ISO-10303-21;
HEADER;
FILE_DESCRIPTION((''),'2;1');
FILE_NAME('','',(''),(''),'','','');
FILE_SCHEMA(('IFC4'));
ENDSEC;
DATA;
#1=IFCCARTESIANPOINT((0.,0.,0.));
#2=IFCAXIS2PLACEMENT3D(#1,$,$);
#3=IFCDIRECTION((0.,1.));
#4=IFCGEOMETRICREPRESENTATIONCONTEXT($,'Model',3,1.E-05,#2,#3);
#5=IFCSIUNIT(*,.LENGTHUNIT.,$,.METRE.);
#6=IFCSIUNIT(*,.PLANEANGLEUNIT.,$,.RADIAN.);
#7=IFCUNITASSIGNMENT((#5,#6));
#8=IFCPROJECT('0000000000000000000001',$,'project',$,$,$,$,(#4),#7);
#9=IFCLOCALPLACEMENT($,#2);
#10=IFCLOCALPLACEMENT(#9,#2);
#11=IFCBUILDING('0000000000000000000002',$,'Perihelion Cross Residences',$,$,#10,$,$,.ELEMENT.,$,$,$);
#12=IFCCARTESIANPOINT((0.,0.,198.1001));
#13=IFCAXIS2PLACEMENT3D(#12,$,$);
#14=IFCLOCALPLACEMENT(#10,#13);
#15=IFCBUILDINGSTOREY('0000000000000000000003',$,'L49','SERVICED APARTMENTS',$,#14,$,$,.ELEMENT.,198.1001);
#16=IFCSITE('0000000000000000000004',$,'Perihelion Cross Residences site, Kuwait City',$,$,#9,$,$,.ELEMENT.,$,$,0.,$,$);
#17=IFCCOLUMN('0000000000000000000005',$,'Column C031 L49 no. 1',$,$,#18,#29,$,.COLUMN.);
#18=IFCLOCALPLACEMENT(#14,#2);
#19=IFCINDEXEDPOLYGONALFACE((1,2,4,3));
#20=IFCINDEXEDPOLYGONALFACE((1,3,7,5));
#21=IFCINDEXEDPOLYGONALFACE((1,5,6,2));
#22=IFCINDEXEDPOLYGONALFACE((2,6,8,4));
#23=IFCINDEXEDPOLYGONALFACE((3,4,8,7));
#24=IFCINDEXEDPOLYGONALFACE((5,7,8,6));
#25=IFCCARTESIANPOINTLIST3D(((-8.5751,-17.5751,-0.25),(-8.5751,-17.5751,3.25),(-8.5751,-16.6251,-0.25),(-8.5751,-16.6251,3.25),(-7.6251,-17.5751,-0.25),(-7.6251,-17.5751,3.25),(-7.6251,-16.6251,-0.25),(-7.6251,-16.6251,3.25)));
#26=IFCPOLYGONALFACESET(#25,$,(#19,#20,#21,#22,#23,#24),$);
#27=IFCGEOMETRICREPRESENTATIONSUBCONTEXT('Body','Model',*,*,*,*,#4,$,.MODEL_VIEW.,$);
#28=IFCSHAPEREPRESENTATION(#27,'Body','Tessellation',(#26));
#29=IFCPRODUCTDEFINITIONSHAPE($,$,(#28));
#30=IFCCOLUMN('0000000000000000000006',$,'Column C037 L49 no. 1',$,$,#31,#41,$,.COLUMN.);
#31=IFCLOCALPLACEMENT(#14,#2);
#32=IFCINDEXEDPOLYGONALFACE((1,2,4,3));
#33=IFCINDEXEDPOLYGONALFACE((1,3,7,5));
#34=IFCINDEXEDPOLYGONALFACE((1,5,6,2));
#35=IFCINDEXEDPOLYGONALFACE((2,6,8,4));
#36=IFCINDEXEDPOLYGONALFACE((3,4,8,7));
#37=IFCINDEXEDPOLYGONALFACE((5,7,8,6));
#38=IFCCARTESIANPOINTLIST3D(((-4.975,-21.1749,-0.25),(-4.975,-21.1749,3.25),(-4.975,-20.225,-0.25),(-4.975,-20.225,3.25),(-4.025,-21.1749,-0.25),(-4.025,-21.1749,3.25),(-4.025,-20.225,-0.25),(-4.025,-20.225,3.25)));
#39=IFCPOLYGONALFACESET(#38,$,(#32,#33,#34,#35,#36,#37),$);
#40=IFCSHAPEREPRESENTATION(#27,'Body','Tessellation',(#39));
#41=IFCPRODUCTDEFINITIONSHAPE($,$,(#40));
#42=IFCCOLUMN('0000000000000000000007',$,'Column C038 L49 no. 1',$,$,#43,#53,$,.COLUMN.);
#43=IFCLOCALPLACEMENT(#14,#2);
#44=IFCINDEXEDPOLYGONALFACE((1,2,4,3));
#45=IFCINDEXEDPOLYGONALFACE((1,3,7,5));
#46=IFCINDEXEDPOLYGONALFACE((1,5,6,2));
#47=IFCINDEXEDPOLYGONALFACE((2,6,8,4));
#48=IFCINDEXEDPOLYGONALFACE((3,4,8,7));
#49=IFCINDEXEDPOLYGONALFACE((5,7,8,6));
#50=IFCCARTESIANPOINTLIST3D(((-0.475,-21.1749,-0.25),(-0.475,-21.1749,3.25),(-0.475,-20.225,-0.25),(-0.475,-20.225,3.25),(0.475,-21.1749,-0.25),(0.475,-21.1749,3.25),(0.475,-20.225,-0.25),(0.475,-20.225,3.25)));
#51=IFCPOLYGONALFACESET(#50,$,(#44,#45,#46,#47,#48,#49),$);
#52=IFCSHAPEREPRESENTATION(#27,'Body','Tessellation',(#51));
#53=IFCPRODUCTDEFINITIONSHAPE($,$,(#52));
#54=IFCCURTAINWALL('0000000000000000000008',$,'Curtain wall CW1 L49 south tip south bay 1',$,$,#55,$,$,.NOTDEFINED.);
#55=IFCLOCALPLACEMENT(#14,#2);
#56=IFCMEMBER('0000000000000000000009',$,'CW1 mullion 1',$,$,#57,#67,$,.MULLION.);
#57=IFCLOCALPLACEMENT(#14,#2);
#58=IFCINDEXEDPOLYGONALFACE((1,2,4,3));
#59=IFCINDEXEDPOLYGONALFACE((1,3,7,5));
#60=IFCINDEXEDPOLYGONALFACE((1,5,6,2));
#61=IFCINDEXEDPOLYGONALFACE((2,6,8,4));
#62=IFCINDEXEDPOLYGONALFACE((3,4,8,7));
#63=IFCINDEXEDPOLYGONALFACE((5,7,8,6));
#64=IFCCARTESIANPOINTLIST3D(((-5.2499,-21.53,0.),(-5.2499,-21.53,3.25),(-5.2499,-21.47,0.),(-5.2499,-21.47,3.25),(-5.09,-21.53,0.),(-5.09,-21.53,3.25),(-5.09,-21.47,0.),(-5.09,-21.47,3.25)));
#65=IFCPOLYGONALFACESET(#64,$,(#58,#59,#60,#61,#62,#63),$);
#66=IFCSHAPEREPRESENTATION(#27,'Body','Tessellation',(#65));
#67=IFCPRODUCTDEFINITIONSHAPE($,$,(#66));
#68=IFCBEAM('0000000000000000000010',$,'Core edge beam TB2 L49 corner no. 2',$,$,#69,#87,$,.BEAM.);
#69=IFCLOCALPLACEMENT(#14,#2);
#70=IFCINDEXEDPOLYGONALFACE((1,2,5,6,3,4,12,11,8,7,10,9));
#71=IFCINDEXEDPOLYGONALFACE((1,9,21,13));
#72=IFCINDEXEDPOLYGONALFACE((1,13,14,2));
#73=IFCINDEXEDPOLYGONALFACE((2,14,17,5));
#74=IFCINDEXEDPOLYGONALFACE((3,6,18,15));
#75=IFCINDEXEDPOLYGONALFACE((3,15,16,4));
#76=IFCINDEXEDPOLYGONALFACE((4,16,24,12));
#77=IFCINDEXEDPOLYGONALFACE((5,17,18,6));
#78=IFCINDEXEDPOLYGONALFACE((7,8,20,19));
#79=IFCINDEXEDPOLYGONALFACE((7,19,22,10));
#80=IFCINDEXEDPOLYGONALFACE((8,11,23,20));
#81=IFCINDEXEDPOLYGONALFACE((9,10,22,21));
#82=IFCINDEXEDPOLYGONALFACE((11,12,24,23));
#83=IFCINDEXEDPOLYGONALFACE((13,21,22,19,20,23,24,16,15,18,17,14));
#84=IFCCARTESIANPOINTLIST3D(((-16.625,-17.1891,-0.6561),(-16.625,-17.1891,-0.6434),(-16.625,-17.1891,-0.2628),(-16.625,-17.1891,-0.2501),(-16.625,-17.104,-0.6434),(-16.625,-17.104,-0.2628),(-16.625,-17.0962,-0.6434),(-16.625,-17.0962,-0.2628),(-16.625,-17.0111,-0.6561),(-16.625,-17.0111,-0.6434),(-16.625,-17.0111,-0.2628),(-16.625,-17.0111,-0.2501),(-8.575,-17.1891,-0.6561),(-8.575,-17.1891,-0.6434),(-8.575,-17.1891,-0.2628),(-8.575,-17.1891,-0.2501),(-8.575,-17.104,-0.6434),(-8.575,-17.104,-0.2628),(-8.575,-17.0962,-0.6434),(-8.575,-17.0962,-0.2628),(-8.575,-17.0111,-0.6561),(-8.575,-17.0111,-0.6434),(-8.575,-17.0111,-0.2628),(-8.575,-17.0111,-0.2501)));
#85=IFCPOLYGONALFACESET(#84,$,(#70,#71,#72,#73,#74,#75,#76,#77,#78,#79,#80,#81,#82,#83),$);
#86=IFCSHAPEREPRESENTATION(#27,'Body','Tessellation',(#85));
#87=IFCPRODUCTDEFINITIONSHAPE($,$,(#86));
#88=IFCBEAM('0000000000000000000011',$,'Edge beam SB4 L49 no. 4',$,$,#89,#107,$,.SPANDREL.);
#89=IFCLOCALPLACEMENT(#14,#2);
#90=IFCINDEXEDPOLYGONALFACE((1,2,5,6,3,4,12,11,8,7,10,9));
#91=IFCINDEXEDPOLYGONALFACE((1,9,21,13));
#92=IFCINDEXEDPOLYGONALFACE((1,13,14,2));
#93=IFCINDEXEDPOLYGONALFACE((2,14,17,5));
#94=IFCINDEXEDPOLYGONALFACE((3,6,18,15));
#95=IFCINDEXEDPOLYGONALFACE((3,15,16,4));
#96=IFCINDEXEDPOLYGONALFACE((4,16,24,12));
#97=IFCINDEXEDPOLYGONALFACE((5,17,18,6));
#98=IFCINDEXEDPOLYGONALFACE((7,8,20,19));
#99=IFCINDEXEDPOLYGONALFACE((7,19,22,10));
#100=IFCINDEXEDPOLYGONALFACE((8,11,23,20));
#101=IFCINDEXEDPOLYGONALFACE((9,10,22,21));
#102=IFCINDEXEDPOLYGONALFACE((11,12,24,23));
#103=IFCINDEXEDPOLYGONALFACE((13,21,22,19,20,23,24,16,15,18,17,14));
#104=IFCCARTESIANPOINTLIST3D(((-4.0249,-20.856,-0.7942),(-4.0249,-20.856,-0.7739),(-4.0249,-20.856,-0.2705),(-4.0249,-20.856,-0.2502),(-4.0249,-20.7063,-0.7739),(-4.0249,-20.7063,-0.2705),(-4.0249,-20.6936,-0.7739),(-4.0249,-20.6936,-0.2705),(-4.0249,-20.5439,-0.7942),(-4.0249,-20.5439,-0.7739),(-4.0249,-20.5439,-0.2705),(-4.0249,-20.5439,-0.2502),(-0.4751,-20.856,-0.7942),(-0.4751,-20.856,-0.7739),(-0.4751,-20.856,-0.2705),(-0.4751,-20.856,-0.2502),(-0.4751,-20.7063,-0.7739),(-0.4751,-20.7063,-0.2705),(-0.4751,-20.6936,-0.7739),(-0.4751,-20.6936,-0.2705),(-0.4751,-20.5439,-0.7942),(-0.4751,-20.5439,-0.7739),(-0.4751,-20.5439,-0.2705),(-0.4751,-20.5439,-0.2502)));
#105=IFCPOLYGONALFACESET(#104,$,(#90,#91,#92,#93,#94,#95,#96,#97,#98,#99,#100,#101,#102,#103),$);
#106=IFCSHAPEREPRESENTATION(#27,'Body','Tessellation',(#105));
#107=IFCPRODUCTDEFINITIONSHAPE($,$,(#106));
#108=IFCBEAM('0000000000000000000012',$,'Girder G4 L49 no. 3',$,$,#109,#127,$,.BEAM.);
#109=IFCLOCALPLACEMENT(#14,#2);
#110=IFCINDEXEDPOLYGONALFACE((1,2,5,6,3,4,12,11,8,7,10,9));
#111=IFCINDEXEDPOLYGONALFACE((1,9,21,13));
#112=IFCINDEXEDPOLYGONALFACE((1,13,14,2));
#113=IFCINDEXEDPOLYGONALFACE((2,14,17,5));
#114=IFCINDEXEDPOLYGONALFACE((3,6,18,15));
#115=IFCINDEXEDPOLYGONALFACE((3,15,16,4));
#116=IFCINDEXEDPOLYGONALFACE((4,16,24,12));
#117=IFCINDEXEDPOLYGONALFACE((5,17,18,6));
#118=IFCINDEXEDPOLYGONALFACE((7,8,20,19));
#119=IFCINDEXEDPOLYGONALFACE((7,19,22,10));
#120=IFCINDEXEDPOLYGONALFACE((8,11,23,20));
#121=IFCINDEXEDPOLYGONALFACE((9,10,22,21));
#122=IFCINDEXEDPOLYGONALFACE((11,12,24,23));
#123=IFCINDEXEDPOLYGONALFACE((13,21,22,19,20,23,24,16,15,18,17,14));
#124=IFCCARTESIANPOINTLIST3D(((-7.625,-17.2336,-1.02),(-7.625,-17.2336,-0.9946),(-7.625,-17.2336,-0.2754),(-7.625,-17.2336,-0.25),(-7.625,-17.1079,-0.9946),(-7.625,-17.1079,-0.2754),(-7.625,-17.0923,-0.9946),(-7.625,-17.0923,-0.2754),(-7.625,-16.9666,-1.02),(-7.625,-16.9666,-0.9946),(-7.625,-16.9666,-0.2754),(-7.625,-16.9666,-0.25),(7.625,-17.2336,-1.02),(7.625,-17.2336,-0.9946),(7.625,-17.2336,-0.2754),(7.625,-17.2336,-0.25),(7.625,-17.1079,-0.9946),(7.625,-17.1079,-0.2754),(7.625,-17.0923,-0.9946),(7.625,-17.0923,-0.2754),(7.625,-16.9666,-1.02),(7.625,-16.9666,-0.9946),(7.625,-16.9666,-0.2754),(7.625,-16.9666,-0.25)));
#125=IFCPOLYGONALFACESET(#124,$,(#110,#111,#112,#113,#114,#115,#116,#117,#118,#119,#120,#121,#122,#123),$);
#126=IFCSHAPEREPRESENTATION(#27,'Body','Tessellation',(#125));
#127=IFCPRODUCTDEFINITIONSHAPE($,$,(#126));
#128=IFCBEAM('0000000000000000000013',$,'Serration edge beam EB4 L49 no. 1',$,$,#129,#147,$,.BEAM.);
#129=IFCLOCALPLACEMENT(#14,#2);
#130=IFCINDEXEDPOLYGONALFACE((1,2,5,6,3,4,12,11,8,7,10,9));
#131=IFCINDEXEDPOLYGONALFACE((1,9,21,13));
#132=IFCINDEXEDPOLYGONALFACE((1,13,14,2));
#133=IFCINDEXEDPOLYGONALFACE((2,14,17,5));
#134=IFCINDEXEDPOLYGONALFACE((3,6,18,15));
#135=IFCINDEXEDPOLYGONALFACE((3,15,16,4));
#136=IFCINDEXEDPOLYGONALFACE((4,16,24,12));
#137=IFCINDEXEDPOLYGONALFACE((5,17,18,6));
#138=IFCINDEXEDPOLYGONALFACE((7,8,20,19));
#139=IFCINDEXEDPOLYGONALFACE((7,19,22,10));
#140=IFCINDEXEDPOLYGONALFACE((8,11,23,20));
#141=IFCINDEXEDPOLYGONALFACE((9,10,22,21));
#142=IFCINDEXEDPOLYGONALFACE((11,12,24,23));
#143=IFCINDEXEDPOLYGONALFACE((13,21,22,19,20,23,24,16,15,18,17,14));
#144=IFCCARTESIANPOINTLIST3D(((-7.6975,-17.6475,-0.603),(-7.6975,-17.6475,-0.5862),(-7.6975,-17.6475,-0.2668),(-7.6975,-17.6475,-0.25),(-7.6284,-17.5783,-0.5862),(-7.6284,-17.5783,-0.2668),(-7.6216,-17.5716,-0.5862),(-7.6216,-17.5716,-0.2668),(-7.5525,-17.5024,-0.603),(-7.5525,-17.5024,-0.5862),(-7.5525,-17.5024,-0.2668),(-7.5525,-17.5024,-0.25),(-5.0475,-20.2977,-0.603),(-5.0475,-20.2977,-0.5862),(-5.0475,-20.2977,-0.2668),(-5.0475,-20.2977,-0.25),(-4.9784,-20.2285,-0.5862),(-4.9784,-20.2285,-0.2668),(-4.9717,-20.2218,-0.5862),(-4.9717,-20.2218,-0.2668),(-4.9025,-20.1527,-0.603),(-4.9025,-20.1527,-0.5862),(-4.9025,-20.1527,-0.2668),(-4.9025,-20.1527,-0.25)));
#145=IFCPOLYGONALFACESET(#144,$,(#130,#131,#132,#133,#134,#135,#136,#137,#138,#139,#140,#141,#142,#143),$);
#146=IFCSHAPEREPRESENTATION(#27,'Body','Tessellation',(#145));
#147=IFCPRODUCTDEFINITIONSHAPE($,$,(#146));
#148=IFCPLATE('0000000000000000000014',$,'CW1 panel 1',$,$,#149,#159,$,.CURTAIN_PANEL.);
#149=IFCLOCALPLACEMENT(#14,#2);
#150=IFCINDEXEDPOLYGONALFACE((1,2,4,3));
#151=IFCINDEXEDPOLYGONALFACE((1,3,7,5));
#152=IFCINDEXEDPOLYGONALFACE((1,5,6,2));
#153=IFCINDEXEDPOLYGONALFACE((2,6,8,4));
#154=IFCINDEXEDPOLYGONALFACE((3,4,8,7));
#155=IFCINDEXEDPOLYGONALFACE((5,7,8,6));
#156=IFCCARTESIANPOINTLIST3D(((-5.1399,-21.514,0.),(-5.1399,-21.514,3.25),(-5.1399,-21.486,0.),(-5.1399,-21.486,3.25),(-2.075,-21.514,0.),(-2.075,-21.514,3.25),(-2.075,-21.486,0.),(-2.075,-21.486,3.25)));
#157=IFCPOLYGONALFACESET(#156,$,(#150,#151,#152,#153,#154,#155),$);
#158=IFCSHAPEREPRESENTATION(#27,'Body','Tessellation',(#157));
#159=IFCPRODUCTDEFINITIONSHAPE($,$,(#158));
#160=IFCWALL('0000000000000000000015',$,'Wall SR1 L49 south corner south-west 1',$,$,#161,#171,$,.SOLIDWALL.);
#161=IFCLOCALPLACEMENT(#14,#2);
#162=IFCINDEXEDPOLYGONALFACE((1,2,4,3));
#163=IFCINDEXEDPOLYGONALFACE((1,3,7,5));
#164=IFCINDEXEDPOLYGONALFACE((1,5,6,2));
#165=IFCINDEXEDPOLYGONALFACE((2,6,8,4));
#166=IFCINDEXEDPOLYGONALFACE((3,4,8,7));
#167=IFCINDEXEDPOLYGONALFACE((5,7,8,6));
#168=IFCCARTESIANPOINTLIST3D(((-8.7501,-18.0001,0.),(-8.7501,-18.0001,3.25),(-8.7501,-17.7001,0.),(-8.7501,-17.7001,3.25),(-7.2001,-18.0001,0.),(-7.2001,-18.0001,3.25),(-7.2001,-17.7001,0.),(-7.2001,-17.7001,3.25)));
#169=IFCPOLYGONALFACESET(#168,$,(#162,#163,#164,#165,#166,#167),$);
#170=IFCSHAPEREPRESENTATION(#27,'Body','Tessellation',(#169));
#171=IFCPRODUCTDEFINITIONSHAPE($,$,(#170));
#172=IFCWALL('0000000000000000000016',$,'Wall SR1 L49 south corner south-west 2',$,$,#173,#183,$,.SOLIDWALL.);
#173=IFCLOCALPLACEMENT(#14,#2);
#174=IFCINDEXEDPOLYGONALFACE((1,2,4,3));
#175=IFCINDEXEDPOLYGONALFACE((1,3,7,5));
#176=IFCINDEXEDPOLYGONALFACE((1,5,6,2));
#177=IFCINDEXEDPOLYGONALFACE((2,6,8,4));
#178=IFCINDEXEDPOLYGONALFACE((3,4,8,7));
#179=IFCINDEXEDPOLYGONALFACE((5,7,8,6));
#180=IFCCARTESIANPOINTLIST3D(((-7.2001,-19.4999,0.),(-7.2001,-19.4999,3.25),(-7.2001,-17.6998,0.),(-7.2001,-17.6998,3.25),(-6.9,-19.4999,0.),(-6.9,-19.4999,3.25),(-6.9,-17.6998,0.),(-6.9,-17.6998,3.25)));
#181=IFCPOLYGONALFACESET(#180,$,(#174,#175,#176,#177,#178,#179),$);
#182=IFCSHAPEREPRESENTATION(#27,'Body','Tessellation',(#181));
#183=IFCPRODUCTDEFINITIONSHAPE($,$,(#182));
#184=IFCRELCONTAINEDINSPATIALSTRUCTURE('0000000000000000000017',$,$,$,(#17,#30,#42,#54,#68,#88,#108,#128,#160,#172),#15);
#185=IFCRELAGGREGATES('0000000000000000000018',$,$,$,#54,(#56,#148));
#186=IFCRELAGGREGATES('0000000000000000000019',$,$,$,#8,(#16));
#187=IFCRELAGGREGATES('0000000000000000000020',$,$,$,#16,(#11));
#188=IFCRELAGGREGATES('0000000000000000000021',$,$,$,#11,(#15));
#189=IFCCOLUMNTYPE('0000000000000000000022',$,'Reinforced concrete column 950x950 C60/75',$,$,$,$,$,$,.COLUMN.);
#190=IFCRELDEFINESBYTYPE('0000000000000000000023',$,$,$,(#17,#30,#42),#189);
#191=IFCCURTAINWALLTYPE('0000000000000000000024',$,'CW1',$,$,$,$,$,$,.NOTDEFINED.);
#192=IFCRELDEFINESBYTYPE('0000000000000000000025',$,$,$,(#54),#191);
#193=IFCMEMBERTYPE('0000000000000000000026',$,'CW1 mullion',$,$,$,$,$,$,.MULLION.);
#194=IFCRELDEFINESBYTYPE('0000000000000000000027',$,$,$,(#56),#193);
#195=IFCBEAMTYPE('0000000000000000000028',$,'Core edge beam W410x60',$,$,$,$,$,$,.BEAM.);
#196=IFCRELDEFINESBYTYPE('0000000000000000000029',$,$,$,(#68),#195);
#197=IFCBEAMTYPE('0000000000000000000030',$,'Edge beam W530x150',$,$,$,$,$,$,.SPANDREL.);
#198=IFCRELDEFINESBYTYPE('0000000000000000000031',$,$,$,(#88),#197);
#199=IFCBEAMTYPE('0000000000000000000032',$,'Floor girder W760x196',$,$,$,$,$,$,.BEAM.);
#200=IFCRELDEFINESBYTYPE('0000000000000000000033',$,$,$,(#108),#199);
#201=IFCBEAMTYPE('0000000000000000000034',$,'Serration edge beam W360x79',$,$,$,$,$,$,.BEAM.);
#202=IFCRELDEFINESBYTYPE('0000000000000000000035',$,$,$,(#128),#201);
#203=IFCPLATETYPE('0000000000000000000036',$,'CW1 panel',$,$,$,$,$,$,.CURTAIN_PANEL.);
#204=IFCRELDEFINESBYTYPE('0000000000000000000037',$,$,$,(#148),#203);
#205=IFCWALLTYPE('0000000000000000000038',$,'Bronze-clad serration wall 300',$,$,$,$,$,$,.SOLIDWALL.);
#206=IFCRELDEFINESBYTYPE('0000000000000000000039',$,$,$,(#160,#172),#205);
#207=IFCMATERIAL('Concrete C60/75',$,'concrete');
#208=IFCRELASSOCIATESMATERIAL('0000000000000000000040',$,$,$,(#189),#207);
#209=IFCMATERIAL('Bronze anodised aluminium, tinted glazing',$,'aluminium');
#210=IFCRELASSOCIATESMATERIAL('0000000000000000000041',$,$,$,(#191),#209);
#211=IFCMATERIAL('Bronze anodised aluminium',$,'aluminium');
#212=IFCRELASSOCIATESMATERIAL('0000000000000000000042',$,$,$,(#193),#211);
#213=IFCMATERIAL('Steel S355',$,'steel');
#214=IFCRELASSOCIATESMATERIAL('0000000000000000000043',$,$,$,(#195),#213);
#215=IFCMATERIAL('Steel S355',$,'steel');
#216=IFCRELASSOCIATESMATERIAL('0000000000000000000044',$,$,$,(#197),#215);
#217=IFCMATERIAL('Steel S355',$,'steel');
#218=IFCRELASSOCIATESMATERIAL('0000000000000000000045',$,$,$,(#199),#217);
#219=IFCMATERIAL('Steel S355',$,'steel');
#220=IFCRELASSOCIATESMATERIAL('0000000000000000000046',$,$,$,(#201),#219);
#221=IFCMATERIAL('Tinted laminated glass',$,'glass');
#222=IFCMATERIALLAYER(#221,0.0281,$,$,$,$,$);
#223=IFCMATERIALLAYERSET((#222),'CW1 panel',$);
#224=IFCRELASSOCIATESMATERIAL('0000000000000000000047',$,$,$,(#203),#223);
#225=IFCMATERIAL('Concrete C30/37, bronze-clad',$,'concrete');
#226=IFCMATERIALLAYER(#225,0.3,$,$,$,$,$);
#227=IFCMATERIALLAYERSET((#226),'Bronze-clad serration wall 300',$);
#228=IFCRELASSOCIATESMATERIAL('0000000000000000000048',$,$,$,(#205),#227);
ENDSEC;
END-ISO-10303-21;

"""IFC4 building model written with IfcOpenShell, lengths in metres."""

from ifc_helpers import new_model, si_unit, direction, frame, frame_2d, origin, origin_2d, place, context, subcontext, project, spatial, rectangle, i_section, extrude, material, layer, layer_set, material_profile, profile_set, type_object, element, aggregate, save


model = new_model("IFC4")

# Units and contexts
model_context = context("Model", 3, precision=1e-05, world=origin(), true_north=direction((0.0, 1.0)))
body_context = subcontext(model_context, "Body", "Model", "MODEL_VIEW")
ifc_project = project(units=[si_unit("LENGTHUNIT", "METRE"), si_unit("PLANEANGLEUNIT", "RADIAN")], contexts=[model_context])

# Site, building, storey
site_placement = place(None, origin())
site = spatial("IfcSite", under=ifc_project, at=site_placement, Name="Perihelion Cross Residences site, Kuwait City", CompositionType="ELEMENT", RefElevation=0.0)
building_placement = place(site_placement, origin())
building = spatial("IfcBuilding", under=site, at=building_placement, Name="Perihelion Cross Residences", CompositionType="ELEMENT")
storey_placement = place(building_placement, frame((0.0, 0.0, 198.1001)))
storey = spatial("IfcBuildingStorey", under=building, at=storey_placement, Name="L49", Description="SERVICED APARTMENTS", CompositionType="ELEMENT", Elevation=198.1001)

# Columns
ifc_material_1 = material(Name="Concrete C60/75", Category="concrete")
ifc_material_profile_1 = material_profile(ifc_material_1, rectangle(XDim=0.95, YDim=0.95, at=origin_2d()), Name="RC 950x950")
ifc_profile_set_1 = profile_set([ifc_material_profile_1], Name="Concrete C60/75")
column_type = type_object("IfcColumnType", Name="Reinforced concrete column 950x950 C60/75", PredefinedType="COLUMN", material=ifc_profile_set_1)
for number, where, z_axis, x_axis, name in (
    (1, (-8.1001, -17.1001, -0.25), (0.0, 0.0, 1.0), (1.0, 0.0, 0.0), "Column C031 L49 no. 1"),
    (2, (-4.5, -20.7, -0.25), (0.0, 0.0, 1.0), (1.0, 0.0, 0.0), "Column C037 L49 no. 1"),
    (3, (0.0, -20.7, -0.25), (0.0, 0.0, 1.0), (1.0, 0.0, 0.0), "Column C038 L49 no. 1"),
):
    element("IfcColumn", number, at=place(storey_placement, frame(where, z_axis=z_axis, x_axis=x_axis)), inside=storey, type_object=column_type, Name=name, PredefinedType="COLUMN", context=body_context, shape_type="SweptSolid", body=[
        extrude(rectangle(XDim=0.95, YDim=0.95, at=origin_2d()), origin(), (0.0, 0.0, 1.0), 3.5),
    ])

# Curtain wall, member
ifc_material_2 = material(Name="Bronze anodised aluminium, tinted glazing", Category="aluminium")
curtain_wall_type = type_object("IfcCurtainWallType", Name="CW1", PredefinedType="NOTDEFINED", material=ifc_material_2)
curtain_wall_placement = place(storey_placement, origin())
curtain_wall = element("IfcCurtainWall", 4, at=curtain_wall_placement, inside=storey, type_object=curtain_wall_type, Name="Curtain wall CW1 L49 south tip south bay 1", PredefinedType="NOTDEFINED")
ifc_material_3 = material(Name="Bronze anodised aluminium", Category="aluminium")
ifc_material_profile_2 = material_profile(ifc_material_3, rectangle(XDim=0.0601, YDim=0.1599, at=origin_2d()), Name="CW1 mullion")
ifc_profile_set_2 = profile_set([ifc_material_profile_2], Name="Bronze anodised aluminium")
member_type = type_object("IfcMemberType", Name="CW1 mullion", PredefinedType="MULLION", material=ifc_profile_set_2)
member_placement = place(storey_placement, frame((-5.1699, -21.5, 0.0), z_axis=(0.0, 0.0, 1.0), x_axis=(0.0, 1.0, 0.0)))
member = element("IfcMember", 5, at=member_placement, type_object=member_type, Name="CW1 mullion 1", PredefinedType="MULLION", context=body_context, shape_type="SweptSolid", body=[
    extrude(rectangle(XDim=0.0601, YDim=0.1599, at=origin_2d()), origin(), (0.0, 0.0, 1.0), 3.25),
])

# Beams
ifc_material_4 = material(Name="Steel S355", Category="steel")
ifc_material_profile_3 = material_profile(ifc_material_4, i_section(OverallWidth=0.178, OverallDepth=0.406, WebThickness=0.0078, FlangeThickness=0.0127, at=origin_2d()), Name="W410x60")
ifc_profile_set_3 = profile_set([ifc_material_profile_3], Name="Steel S355")
beam_type_1 = type_object("IfcBeamType", Name="Core edge beam W410x60", PredefinedType="BEAM", material=ifc_profile_set_3)
beam_1_placement = place(storey_placement, frame((-8.575, -17.1001, -0.4531), z_axis=(-1.0, 0.0, 0.0), x_axis=(0.0, -1.0, 0.0)))
element("IfcBeam", 6, at=beam_1_placement, inside=storey, type_object=beam_type_1, Name="Core edge beam TB2 L49 corner no. 2", PredefinedType="BEAM", context=body_context, shape_type="SweptSolid", body=[
    extrude(i_section(OverallWidth=0.178, OverallDepth=0.406, WebThickness=0.0078, FlangeThickness=0.0127, at=origin_2d()), origin(), (0.0, 0.0, 1.0), 8.05),
])
ifc_material_5 = material(Name="Steel S355", Category="steel")
ifc_material_profile_4 = material_profile(ifc_material_5, i_section(OverallWidth=0.312, OverallDepth=0.5439, WebThickness=0.0127, FlangeThickness=0.0203, at=origin_2d()), Name="W530x150")
ifc_profile_set_4 = profile_set([ifc_material_profile_4], Name="Steel S355")
beam_type_2 = type_object("IfcBeamType", Name="Edge beam W530x150", PredefinedType="SPANDREL", material=ifc_profile_set_4)
beam_2_placement = place(storey_placement, frame((-4.0249, -20.7, -0.5222), z_axis=(1.0, 0.0, 0.0), x_axis=(0.0, 1.0, 0.0)))
element("IfcBeam", 7, at=beam_2_placement, inside=storey, type_object=beam_type_2, Name="Edge beam SB4 L49 no. 4", PredefinedType="SPANDREL", context=body_context, shape_type="SweptSolid", body=[
    extrude(i_section(OverallWidth=0.312, OverallDepth=0.5439, WebThickness=0.0127, FlangeThickness=0.0203, at=origin_2d()), origin(), (0.0, 0.0, 1.0), 3.5498),
])
ifc_material_6 = material(Name="Steel S355", Category="steel")
ifc_material_profile_5 = material_profile(ifc_material_6, i_section(OverallWidth=0.2671, OverallDepth=0.77, WebThickness=0.0156, FlangeThickness=0.0254, at=origin_2d()), Name="W760x196")
ifc_profile_set_5 = profile_set([ifc_material_profile_5], Name="Steel S355")
beam_type_3 = type_object("IfcBeamType", Name="Floor girder W760x196", PredefinedType="BEAM", material=ifc_profile_set_5)
beam_3_placement = place(storey_placement, frame((-7.625, -17.1001, -0.635), z_axis=(1.0, 0.0, 0.0), x_axis=(0.0, 1.0, 0.0)))
element("IfcBeam", 8, at=beam_3_placement, inside=storey, type_object=beam_type_3, Name="Girder G4 L49 no. 3", PredefinedType="BEAM", context=body_context, shape_type="SweptSolid", body=[
    extrude(i_section(OverallWidth=0.2671, OverallDepth=0.77, WebThickness=0.0156, FlangeThickness=0.0254, at=origin_2d()), origin(), (0.0, 0.0, 1.0), 15.25),
])
ifc_material_7 = material(Name="Steel S355", Category="steel")
ifc_material_profile_6 = material_profile(ifc_material_7, i_section(OverallWidth=0.2051, OverallDepth=0.353, WebThickness=0.0095, FlangeThickness=0.0168, at=origin_2d()), Name="W360x79")
ifc_profile_set_6 = profile_set([ifc_material_profile_6], Name="Steel S355")
beam_type_4 = type_object("IfcBeamType", Name="Serration edge beam W360x79", PredefinedType="BEAM", material=ifc_profile_set_6)
beam_4_placement = place(storey_placement, frame((-7.625, -17.575, -0.4265), z_axis=(0.707074, -0.707139, 0.0), x_axis=(0.707139, 0.707074, 0.0)))
element("IfcBeam", 9, at=beam_4_placement, inside=storey, type_object=beam_type_4, Name="Serration edge beam EB4 L49 no. 1", PredefinedType="BEAM", context=body_context, shape_type="SweptSolid", body=[
    extrude(i_section(OverallWidth=0.2051, OverallDepth=0.353, WebThickness=0.0095, FlangeThickness=0.0168, at=origin_2d()), origin(), (0.0, 0.0, 1.0), 3.7478),
])

# Plate
ifc_material_8 = material(Name="Tinted laminated glass", Category="glass")
ifc_layer_1 = layer(ifc_material_8, 0.0281)
ifc_layer_set_1 = layer_set([ifc_layer_1], Name="CW1 panel")
plate_type = type_object("IfcPlateType", Name="CW1 panel", PredefinedType="CURTAIN_PANEL", material=ifc_layer_set_1)
plate_placement = place(storey_placement, frame((-3.6074, -21.5, 0.0), z_axis=(0.0, 0.0, 1.0), x_axis=(1.0, 0.0, 0.0)))
plate = element("IfcPlate", 10, at=plate_placement, type_object=plate_type, Name="CW1 panel 1", PredefinedType="CURTAIN_PANEL", context=body_context, shape_type="SweptSolid", body=[
    extrude(rectangle(XDim=3.0649, YDim=0.0281, at=origin_2d()), origin(), (0.0, 0.0, 1.0), 3.25),
])
aggregate(curtain_wall, [member, plate])

# Walls
ifc_material_9 = material(Name="Concrete C30/37, bronze-clad", Category="concrete")
ifc_layer_2 = layer(ifc_material_9, 0.3)
ifc_layer_set_2 = layer_set([ifc_layer_2], Name="Bronze-clad serration wall 300")
wall_type_1 = type_object("IfcWallType", Name="Bronze-clad serration wall 300", PredefinedType="SOLIDWALL", material=ifc_layer_set_2)
wall_1_placement = place(storey_placement, frame((-8.75, -17.8501, 0.0), z_axis=(0.0, 0.0, 1.0), x_axis=(1.0, 0.0, 0.0)))
element("IfcWall", 11, at=wall_1_placement, inside=storey, type_object=wall_type_1, Name="Wall SR1 L49 south corner south-west 1", PredefinedType="SOLIDWALL", context=body_context, shape_type="SweptSolid", body=[
    extrude(rectangle(XDim=1.55, YDim=0.3, at=frame_2d((0.7749, 0.0))), origin(), (0.0, 0.0, 1.0), 3.25),
])
for number, where, z_axis, x_axis, name in (
    (12, (-7.05, -17.7, 0.0), (0.0, 0.0, 1.0), (0.0, -1.0, 0.0), "Wall SR1 L49 south corner south-west 2"),
):
    element("IfcWall", number, at=place(storey_placement, frame(where, z_axis=z_axis, x_axis=x_axis)), inside=storey, type_object=wall_type_1, Name=name, PredefinedType="SOLIDWALL", context=body_context, shape_type="SweptSolid", body=[
        extrude(rectangle(XDim=1.8, YDim=0.3, at=frame_2d((0.8999, 0.0))), origin(), (0.0, 0.0, 1.0), 3.25),
    ])

save(model, "model.ifc")
